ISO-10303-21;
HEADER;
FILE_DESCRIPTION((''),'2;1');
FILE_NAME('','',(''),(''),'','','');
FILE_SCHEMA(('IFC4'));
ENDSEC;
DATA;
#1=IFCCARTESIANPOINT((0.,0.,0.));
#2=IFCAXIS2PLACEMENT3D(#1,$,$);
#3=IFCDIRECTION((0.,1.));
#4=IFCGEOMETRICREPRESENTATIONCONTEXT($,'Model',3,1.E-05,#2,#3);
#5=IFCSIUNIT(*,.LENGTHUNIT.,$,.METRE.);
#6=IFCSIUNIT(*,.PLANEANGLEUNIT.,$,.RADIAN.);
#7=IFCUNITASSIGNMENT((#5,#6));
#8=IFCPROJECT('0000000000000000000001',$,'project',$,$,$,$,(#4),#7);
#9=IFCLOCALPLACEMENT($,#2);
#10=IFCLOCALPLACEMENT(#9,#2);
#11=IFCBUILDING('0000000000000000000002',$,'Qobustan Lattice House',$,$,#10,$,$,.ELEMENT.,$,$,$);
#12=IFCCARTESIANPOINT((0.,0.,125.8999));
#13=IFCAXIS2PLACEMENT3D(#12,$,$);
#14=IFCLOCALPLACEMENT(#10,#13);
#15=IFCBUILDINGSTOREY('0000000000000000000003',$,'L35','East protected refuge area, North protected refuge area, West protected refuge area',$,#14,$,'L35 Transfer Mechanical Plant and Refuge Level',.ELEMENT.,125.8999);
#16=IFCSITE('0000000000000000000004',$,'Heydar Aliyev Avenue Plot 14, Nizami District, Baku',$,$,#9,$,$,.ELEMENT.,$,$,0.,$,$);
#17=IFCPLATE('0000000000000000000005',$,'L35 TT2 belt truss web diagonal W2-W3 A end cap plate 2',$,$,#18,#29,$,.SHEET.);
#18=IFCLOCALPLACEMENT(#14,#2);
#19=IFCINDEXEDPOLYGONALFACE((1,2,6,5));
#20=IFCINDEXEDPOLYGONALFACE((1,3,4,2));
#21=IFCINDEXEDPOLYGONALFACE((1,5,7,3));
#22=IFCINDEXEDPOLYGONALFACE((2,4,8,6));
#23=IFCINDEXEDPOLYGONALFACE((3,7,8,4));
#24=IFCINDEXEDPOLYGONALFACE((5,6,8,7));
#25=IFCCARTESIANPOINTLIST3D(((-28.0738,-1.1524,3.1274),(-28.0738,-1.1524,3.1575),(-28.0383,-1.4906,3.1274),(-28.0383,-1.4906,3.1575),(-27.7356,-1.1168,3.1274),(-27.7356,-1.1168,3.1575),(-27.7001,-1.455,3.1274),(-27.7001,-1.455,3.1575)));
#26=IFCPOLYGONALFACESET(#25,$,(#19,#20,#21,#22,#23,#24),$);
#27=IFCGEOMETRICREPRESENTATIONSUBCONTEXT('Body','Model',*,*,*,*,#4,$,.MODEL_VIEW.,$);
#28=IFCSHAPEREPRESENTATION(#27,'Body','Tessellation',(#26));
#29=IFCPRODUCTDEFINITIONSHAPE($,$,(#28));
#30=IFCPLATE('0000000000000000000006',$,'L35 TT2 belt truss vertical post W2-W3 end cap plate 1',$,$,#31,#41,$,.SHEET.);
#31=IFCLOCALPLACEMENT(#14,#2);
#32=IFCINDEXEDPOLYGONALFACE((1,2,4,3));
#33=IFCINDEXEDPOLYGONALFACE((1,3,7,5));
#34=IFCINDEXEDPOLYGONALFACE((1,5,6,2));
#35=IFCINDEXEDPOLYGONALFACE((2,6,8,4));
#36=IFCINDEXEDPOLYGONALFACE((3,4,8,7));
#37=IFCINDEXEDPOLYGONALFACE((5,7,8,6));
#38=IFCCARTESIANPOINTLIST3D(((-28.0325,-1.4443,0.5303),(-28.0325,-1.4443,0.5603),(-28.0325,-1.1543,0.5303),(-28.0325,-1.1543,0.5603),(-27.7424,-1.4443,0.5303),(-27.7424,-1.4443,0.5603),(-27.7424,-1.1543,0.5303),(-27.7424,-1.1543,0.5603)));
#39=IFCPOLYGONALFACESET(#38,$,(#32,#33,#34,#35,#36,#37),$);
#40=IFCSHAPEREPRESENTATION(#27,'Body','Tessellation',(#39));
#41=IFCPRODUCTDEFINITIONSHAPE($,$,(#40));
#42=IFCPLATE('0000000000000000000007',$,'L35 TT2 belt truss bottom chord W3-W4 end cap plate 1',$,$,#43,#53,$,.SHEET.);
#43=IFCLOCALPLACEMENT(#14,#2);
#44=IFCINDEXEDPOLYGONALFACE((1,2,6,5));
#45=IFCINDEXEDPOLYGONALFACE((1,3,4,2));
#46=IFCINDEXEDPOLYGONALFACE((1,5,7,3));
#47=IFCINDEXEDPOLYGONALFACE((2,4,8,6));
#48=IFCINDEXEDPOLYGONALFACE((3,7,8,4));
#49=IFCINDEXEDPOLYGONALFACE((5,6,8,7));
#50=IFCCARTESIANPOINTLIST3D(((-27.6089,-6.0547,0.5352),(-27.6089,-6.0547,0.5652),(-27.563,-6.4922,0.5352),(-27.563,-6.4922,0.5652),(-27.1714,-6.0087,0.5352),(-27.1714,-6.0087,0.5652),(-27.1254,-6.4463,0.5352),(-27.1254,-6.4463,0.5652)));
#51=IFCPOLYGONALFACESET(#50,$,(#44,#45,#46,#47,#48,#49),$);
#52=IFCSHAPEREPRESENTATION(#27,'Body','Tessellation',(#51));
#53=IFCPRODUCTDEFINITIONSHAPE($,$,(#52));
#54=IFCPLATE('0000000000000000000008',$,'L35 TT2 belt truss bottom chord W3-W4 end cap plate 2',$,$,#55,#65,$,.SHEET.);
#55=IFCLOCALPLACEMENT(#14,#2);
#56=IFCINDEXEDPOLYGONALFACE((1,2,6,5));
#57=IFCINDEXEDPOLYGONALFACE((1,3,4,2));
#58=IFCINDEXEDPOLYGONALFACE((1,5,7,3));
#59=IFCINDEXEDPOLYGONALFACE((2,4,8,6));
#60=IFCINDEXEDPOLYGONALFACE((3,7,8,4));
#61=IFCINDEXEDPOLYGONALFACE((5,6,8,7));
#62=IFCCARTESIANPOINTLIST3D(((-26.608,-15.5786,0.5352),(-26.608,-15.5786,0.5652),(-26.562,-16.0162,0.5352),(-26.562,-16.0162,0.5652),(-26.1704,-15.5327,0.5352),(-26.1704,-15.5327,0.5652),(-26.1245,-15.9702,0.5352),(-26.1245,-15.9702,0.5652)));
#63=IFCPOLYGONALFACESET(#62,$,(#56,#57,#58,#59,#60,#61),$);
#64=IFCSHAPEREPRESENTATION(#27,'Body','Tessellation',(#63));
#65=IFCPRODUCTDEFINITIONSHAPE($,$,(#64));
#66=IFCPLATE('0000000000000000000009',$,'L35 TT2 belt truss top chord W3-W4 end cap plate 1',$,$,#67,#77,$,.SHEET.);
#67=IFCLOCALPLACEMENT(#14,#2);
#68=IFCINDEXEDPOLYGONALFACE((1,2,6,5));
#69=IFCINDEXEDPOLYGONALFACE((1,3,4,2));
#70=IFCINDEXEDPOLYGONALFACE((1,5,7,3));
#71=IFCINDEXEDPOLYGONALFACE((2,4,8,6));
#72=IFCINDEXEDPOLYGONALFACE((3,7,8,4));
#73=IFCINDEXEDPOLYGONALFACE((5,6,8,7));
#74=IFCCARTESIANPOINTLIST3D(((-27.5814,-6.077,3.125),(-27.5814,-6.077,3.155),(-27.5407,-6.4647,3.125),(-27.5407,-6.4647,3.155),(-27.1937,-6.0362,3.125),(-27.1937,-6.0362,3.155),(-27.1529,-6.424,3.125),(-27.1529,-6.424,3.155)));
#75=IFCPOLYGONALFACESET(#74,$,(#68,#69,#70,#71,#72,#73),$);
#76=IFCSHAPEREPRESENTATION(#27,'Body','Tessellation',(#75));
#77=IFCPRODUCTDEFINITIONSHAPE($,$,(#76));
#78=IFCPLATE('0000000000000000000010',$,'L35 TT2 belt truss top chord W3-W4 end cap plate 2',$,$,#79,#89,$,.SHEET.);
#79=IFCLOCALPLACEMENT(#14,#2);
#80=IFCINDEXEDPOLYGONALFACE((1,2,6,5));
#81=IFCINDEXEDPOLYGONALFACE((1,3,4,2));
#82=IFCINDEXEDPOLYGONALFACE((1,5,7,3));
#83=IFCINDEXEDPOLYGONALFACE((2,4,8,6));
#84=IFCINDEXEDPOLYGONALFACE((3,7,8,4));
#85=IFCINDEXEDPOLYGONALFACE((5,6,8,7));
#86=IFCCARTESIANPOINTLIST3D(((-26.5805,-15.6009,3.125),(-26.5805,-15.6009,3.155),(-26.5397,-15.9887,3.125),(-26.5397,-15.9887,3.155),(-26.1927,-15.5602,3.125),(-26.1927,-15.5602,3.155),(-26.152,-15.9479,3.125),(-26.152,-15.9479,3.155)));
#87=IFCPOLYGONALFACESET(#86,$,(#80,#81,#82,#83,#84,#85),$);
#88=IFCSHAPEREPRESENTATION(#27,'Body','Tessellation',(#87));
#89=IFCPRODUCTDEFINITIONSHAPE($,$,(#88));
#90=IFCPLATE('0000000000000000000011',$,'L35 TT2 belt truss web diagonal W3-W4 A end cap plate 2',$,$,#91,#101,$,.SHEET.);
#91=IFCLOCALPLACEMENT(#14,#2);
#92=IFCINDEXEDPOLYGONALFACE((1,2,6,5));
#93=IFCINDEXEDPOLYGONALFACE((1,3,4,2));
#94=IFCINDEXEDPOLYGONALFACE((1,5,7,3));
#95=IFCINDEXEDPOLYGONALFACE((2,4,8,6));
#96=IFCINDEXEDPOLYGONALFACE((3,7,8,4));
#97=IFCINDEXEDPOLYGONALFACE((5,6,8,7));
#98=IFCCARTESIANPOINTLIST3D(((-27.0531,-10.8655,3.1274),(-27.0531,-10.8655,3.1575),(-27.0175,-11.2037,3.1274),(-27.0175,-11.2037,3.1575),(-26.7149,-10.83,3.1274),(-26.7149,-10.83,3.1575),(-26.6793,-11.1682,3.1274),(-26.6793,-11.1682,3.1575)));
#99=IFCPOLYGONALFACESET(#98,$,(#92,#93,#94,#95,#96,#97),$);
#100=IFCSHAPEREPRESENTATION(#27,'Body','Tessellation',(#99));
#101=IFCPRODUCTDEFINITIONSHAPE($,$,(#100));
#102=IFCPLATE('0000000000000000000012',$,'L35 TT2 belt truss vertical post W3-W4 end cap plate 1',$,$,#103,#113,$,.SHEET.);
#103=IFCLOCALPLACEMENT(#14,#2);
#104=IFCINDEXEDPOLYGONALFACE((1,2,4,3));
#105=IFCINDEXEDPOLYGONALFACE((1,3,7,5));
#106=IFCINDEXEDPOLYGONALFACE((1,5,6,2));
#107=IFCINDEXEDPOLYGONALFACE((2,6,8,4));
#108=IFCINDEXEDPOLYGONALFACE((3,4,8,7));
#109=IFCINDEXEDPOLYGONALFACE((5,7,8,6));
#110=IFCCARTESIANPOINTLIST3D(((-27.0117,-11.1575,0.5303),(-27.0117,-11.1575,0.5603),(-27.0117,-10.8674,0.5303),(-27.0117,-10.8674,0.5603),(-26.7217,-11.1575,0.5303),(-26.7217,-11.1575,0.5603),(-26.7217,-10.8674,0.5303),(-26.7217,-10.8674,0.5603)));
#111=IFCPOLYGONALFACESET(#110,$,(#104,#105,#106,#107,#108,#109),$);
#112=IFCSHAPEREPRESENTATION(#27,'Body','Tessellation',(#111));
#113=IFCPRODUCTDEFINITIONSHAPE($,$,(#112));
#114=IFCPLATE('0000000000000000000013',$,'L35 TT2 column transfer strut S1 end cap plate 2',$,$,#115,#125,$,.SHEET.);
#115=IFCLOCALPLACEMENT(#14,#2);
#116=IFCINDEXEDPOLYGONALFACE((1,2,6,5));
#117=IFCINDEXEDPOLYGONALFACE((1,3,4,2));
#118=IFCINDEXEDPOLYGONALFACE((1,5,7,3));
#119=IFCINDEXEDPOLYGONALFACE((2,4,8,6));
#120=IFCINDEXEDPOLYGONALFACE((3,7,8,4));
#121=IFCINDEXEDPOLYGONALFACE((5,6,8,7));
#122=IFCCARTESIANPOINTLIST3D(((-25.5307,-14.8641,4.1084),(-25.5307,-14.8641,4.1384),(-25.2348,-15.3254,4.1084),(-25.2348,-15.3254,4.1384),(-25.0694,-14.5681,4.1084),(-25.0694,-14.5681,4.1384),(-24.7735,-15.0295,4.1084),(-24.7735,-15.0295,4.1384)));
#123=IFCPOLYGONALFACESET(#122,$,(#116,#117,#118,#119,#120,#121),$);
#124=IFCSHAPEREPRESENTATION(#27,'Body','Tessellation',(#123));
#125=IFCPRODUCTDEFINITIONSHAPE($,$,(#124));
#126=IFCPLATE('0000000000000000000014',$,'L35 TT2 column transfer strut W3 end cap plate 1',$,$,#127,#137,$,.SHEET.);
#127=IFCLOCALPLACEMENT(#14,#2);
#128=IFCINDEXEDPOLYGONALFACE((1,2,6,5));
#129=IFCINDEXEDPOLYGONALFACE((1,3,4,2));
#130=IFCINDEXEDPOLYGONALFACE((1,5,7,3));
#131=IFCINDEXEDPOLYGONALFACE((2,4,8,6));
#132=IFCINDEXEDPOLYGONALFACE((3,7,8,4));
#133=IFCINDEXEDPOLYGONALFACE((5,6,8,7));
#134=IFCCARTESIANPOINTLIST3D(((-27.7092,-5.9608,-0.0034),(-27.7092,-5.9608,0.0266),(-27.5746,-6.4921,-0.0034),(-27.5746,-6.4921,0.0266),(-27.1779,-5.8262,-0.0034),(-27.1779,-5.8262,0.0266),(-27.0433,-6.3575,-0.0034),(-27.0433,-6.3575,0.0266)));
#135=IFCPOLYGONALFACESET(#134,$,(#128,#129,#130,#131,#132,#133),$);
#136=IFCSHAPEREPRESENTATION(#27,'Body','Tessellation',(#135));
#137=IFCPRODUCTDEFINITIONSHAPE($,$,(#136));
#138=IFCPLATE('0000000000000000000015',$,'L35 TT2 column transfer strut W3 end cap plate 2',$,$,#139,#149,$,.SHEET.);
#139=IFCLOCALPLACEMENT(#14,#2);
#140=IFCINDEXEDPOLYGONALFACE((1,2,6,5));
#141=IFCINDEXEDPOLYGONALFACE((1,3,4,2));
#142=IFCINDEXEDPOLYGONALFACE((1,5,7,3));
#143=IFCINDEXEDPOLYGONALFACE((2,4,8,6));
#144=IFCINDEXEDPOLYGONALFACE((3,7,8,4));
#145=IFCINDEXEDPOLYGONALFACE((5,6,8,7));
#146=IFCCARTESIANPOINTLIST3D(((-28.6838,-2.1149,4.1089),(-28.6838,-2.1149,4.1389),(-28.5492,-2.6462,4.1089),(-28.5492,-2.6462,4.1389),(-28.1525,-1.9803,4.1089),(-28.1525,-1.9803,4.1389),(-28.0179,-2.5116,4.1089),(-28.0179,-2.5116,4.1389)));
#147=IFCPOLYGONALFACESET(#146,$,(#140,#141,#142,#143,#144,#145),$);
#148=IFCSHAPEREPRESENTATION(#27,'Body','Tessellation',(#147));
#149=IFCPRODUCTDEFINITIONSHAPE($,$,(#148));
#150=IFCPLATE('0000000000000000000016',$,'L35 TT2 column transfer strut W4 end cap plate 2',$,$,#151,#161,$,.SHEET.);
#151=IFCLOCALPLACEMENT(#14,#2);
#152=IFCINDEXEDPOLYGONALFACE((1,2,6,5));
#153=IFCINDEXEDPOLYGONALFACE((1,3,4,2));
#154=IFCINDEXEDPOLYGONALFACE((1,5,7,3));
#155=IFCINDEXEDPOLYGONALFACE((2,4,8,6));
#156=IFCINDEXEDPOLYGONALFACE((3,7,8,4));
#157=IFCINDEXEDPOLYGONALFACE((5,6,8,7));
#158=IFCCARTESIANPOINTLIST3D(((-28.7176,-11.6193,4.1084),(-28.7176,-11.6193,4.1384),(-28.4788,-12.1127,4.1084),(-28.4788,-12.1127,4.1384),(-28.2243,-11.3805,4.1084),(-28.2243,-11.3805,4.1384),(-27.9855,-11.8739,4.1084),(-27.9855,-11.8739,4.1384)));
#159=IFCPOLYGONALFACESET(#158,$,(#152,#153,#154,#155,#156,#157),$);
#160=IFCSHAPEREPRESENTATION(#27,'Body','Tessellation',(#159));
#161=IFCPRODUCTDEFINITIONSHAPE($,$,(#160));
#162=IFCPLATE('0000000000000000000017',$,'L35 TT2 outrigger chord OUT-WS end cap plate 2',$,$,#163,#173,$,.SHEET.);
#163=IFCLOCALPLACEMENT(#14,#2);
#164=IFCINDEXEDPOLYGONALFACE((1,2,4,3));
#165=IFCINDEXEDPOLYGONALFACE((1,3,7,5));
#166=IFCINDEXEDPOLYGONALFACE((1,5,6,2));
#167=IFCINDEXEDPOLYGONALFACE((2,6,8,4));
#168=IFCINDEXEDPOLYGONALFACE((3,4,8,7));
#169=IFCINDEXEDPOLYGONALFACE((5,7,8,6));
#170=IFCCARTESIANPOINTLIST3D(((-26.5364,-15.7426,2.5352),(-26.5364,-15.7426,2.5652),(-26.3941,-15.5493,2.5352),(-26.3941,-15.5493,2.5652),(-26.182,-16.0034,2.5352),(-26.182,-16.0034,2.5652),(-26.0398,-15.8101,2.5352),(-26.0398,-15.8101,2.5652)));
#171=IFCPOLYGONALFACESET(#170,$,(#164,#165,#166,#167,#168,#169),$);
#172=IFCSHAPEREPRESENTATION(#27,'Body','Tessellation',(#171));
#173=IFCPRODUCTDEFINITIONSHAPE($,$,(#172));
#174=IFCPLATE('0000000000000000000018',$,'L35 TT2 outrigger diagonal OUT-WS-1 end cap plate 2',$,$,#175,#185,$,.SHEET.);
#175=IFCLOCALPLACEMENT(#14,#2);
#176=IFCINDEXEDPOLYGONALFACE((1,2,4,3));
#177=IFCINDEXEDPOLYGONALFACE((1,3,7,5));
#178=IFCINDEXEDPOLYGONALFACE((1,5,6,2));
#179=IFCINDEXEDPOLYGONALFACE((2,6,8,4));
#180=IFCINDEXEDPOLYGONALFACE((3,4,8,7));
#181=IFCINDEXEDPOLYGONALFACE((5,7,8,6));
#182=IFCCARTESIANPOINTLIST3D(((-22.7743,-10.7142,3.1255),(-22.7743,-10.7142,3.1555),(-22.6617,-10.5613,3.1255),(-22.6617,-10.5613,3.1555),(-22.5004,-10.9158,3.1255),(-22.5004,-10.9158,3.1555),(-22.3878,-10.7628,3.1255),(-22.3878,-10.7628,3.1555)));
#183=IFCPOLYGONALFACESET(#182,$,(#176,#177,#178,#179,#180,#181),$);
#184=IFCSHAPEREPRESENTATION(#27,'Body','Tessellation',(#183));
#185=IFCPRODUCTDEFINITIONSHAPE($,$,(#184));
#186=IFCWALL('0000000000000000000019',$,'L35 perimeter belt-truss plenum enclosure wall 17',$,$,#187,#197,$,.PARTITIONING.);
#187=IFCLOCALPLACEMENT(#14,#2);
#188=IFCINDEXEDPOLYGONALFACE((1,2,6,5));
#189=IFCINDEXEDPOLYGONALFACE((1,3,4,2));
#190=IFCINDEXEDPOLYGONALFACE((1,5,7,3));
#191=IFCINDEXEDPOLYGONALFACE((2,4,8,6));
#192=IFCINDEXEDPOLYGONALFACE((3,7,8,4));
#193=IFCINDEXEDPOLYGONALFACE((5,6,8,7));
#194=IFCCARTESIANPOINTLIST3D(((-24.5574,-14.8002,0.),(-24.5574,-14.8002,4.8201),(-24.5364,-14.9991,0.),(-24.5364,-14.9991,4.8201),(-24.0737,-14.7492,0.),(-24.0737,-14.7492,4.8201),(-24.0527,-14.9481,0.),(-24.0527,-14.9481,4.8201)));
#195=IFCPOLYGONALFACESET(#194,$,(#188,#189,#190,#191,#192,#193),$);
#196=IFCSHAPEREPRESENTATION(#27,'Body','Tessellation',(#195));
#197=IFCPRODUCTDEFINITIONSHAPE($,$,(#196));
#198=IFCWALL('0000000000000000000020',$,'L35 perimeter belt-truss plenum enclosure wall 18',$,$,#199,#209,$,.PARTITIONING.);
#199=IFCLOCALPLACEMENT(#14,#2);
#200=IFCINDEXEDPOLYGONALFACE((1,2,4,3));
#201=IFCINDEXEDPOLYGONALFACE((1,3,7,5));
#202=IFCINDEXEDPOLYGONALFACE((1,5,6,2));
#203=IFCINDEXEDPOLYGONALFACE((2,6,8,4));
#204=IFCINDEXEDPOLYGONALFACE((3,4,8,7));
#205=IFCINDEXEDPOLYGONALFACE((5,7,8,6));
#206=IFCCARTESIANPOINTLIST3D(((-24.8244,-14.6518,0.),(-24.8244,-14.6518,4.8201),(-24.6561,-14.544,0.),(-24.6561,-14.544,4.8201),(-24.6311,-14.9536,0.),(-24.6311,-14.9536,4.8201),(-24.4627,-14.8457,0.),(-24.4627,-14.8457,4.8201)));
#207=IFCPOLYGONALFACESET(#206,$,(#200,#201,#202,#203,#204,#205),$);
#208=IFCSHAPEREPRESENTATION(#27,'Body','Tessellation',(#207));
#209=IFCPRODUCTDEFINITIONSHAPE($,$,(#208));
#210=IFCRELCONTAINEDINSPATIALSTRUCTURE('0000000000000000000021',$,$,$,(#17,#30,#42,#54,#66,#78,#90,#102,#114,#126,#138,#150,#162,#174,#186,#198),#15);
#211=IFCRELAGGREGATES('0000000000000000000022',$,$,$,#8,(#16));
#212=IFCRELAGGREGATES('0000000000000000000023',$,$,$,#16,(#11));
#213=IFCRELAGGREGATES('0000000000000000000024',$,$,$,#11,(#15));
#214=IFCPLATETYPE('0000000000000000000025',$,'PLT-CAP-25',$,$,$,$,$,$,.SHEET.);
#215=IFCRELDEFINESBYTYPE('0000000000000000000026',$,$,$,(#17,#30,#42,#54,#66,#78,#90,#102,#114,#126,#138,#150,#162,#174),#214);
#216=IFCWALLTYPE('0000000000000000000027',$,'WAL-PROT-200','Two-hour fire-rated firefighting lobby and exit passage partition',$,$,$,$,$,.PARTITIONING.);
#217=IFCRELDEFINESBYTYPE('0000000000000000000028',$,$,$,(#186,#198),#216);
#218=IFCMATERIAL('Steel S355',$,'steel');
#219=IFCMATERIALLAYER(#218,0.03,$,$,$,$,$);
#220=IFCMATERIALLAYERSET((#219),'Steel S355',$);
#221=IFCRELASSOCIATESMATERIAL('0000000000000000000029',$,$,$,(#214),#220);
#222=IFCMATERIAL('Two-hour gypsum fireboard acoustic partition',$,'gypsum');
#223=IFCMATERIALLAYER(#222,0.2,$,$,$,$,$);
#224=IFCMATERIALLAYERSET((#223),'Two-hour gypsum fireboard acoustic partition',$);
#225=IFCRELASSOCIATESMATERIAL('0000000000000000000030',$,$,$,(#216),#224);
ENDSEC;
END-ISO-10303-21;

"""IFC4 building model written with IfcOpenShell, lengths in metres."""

from ifc_helpers import new_model, si_unit, direction, frame, frame_2d, origin, origin_2d, place, context, subcontext, project, spatial, rectangle, extrude, material, layer, layer_set, type_object, element, save


model = new_model("IFC4")

# Units and contexts
model_context = context("Model", 3, precision=1e-05, world=origin(), true_north=direction((0.0, 1.0)))
body_context = subcontext(model_context, "Body", "Model", "MODEL_VIEW")
ifc_project = project(units=[si_unit("LENGTHUNIT", "METRE"), si_unit("PLANEANGLEUNIT", "RADIAN")], contexts=[model_context])

# Site, building, storey
site_placement = place(None, origin())
site = spatial("IfcSite", under=ifc_project, at=site_placement, Name="Heydar Aliyev Avenue Plot 14, Nizami District, Baku", CompositionType="ELEMENT", RefElevation=0.0)
building_placement = place(site_placement, origin())
building = spatial("IfcBuilding", under=site, at=building_placement, Name="Qobustan Lattice House", CompositionType="ELEMENT")
storey_placement = place(building_placement, frame((0.0, 0.0, 125.8999)))
storey = spatial("IfcBuildingStorey", under=building, at=storey_placement, Name="L35", Description="East protected refuge area, North protected refuge area, West protected refuge area", LongName="L35 Transfer Mechanical Plant and Refuge Level", CompositionType="ELEMENT", Elevation=125.8999)

# Plates
ifc_material_1 = material(Name="Steel S355", Category="steel")
ifc_layer_1 = layer(ifc_material_1, 0.03)
ifc_layer_set_1 = layer_set([ifc_layer_1], Name="Steel S355")
plate_type = type_object("IfcPlateType", Name="PLT-CAP-25", PredefinedType="SHEET", material=ifc_layer_set_1)
plate_1_placement = place(storey_placement, frame((-27.887, -1.3037, 3.1274), z_axis=(0.0, 0.0, 1.0), x_axis=(0.104528, -0.994522, 0.0)))
element("IfcPlate", 1, at=plate_1_placement, inside=storey, type_object=plate_type, Name="L35 TT2 belt truss web diagonal W2-W3 A end cap plate 2", PredefinedType="SHEET", context=body_context, shape_type="SweptSolid", body=[
    extrude(rectangle(XDim=0.3401, YDim=0.3401, at=origin_2d()), origin(), (0.0, 0.0, 1.0), 0.03),
])
plate_2_placement = place(storey_placement, frame((-27.8875, -1.2993, 0.5303), z_axis=(0.0, 0.0, 1.0), x_axis=(1.0, 0.0, 0.0)))
element("IfcPlate", 2, at=plate_2_placement, inside=storey, type_object=plate_type, Name="L35 TT2 belt truss vertical post W2-W3 end cap plate 1", PredefinedType="SHEET", context=body_context, shape_type="SweptSolid", body=[
    extrude(rectangle(XDim=0.29, YDim=0.29, at=origin_2d()), origin(), (0.0, 0.0, 1.0), 0.03),
])
for number, where, z_axis, x_axis, name in (
    (3, (-27.3672, -6.2505, 0.5352), (0.0, 0.0, 1.0), (0.104528, -0.994522, 0.0), "L35 TT2 belt truss bottom chord W3-W4 end cap plate 1"),
    (4, (-26.3662, -15.7744, 0.5352), (0.0, 0.0, 1.0), (0.104528, -0.994522, 0.0), "L35 TT2 belt truss bottom chord W3-W4 end cap plate 2"),
):
    element("IfcPlate", number, at=place(storey_placement, frame(where, z_axis=z_axis, x_axis=x_axis)), inside=storey, type_object=plate_type, Name=name, PredefinedType="SHEET", context=body_context, shape_type="SweptSolid", body=[
        extrude(rectangle(XDim=0.4399, YDim=0.4399, at=origin_2d()), origin(), (0.0, 0.0, 1.0), 0.03),
    ])
for number, where, z_axis, x_axis, name in (
    (5, (-27.3672, -6.2505, 3.125), (0.0, 0.0, 1.0), (0.104528, -0.994522, 0.0), "L35 TT2 belt truss top chord W3-W4 end cap plate 1"),
    (6, (-26.3662, -15.7744, 3.125), (0.0, 0.0, 1.0), (0.104528, -0.994522, 0.0), "L35 TT2 belt truss top chord W3-W4 end cap plate 2"),
):
    element("IfcPlate", number, at=place(storey_placement, frame(where, z_axis=z_axis, x_axis=x_axis)), inside=storey, type_object=plate_type, Name=name, PredefinedType="SHEET", context=body_context, shape_type="SweptSolid", body=[
        extrude(rectangle(XDim=0.3899, YDim=0.3899, at=origin_2d()), origin(), (0.0, 0.0, 1.0), 0.03),
    ])
plate_3_placement = place(storey_placement, frame((-26.8662, -11.0168, 3.1274), z_axis=(0.0, 0.0, 1.0), x_axis=(0.104528, -0.994522, 0.0)))
element("IfcPlate", 7, at=plate_3_placement, inside=storey, type_object=plate_type, Name="L35 TT2 belt truss web diagonal W3-W4 A end cap plate 2", PredefinedType="SHEET", context=body_context, shape_type="SweptSolid", body=[
    extrude(rectangle(XDim=0.3401, YDim=0.3401, at=origin_2d()), origin(), (0.0, 0.0, 1.0), 0.03),
])
plate_4_placement = place(storey_placement, frame((-26.8667, -11.0125, 0.5303), z_axis=(0.0, 0.0, 1.0), x_axis=(1.0, 0.0, 0.0)))
element("IfcPlate", 8, at=plate_4_placement, inside=storey, type_object=plate_type, Name="L35 TT2 belt truss vertical post W3-W4 end cap plate 1", PredefinedType="SHEET", context=body_context, shape_type="SweptSolid", body=[
    extrude(rectangle(XDim=0.29, YDim=0.29, at=origin_2d()), origin(), (0.0, 0.0, 1.0), 0.03),
])
for number, where, z_axis, x_axis, name in (
    (9, (-25.1521, -14.9468, 4.1084), (0.0, 0.0, 1.0), (-0.539917, 0.841718, 0.0), "L35 TT2 column transfer strut S1 end cap plate 2"),
    (10, (-27.3762, -6.1592, -0.0034), (0.0, 0.0, 1.0), (-0.245646, 0.96936, 0.0), "L35 TT2 column transfer strut W3 end cap plate 1"),
    (11, (-28.3508, -2.3132, 4.1089), (0.0, 0.0, 1.0), (-0.245646, 0.96936, 0.0), "L35 TT2 column transfer strut W3 end cap plate 2"),
    (12, (-28.3516, -11.7466, 4.1084), (0.0, 0.0, 1.0), (-0.435687, 0.900098, 0.0), "L35 TT2 column transfer strut W4 end cap plate 2"),
):
    element("IfcPlate", number, at=place(storey_placement, frame(where, z_axis=z_axis, x_axis=x_axis)), inside=storey, type_object=plate_type, Name=name, PredefinedType="SHEET", context=body_context, shape_type="SweptSolid", body=[
        extrude(rectangle(XDim=0.5481, YDim=0.5481, at=origin_2d()), origin(), (0.0, 0.0, 1.0), 0.03),
    ])
plate_5_placement = place(storey_placement, frame((-26.2881, -15.7764, 2.5352), z_axis=(0.0, 0.0, 1.0), x_axis=(-0.592674, -0.805442, 0.0)))
element("IfcPlate", 13, at=plate_5_placement, inside=storey, type_object=plate_type, Name="L35 TT2 outrigger chord OUT-WS end cap plate 2", PredefinedType="SHEET", context=body_context, shape_type="SweptSolid", body=[
    extrude(rectangle(XDim=0.24, YDim=0.4399, at=origin_2d()), origin(), (0.0, 0.0, 1.0), 0.03),
])
plate_6_placement = place(storey_placement, frame((-22.5811, -10.7385, 3.1255), z_axis=(0.0, 0.0, 1.0), x_axis=(-0.592674, -0.805442, 0.0)))
element("IfcPlate", 14, at=plate_6_placement, inside=storey, type_object=plate_type, Name="L35 TT2 outrigger diagonal OUT-WS-1 end cap plate 2", PredefinedType="SHEET", context=body_context, shape_type="SweptSolid", body=[
    extrude(rectangle(XDim=0.1899, YDim=0.3401, at=origin_2d()), origin(), (0.0, 0.0, 1.0), 0.03),
])

# Walls
ifc_material_2 = material(Name="Two-hour gypsum fireboard acoustic partition", Category="gypsum")
ifc_layer_2 = layer(ifc_material_2, 0.2)
ifc_layer_set_2 = layer_set([ifc_layer_2], Name="Two-hour gypsum fireboard acoustic partition")
wall_type = type_object("IfcWallType", Name="WAL-PROT-200", Description="Two-hour fire-rated firefighting lobby and exit passage partition", PredefinedType="PARTITIONING", material=ifc_layer_set_2)
wall_1_placement = place(storey_placement, frame((-24.0632, -14.8486, 0.0), z_axis=(0.0, 0.0, 1.0), x_axis=(-0.994481, -0.10492, 0.0)))
element("IfcWall", 15, at=wall_1_placement, inside=storey, type_object=wall_type, Name="L35 perimeter belt-truss plenum enclosure wall 17", PredefinedType="PARTITIONING", context=body_context, shape_type="SweptSolid", body=[
    extrude(rectangle(XDim=0.4863, YDim=0.2, at=frame_2d((0.2432, 0.0))), origin(), (0.0, 0.0, 1.0), 4.8201),
])
wall_2_placement = place(storey_placement, frame((-24.5469, -14.8997, 0.0), z_axis=(0.0, 0.0, 1.0), x_axis=(-0.539518, 0.841974, 0.0)))
element("IfcWall", 16, at=wall_2_placement, inside=storey, type_object=wall_type, Name="L35 perimeter belt-truss plenum enclosure wall 18", PredefinedType="PARTITIONING", context=body_context, shape_type="SweptSolid", body=[
    extrude(rectangle(XDim=0.3584, YDim=0.2, at=frame_2d((0.1792, 0.0))), origin(), (0.0, 0.0, 1.0), 4.8201),
])

save(model, "model.ifc")
